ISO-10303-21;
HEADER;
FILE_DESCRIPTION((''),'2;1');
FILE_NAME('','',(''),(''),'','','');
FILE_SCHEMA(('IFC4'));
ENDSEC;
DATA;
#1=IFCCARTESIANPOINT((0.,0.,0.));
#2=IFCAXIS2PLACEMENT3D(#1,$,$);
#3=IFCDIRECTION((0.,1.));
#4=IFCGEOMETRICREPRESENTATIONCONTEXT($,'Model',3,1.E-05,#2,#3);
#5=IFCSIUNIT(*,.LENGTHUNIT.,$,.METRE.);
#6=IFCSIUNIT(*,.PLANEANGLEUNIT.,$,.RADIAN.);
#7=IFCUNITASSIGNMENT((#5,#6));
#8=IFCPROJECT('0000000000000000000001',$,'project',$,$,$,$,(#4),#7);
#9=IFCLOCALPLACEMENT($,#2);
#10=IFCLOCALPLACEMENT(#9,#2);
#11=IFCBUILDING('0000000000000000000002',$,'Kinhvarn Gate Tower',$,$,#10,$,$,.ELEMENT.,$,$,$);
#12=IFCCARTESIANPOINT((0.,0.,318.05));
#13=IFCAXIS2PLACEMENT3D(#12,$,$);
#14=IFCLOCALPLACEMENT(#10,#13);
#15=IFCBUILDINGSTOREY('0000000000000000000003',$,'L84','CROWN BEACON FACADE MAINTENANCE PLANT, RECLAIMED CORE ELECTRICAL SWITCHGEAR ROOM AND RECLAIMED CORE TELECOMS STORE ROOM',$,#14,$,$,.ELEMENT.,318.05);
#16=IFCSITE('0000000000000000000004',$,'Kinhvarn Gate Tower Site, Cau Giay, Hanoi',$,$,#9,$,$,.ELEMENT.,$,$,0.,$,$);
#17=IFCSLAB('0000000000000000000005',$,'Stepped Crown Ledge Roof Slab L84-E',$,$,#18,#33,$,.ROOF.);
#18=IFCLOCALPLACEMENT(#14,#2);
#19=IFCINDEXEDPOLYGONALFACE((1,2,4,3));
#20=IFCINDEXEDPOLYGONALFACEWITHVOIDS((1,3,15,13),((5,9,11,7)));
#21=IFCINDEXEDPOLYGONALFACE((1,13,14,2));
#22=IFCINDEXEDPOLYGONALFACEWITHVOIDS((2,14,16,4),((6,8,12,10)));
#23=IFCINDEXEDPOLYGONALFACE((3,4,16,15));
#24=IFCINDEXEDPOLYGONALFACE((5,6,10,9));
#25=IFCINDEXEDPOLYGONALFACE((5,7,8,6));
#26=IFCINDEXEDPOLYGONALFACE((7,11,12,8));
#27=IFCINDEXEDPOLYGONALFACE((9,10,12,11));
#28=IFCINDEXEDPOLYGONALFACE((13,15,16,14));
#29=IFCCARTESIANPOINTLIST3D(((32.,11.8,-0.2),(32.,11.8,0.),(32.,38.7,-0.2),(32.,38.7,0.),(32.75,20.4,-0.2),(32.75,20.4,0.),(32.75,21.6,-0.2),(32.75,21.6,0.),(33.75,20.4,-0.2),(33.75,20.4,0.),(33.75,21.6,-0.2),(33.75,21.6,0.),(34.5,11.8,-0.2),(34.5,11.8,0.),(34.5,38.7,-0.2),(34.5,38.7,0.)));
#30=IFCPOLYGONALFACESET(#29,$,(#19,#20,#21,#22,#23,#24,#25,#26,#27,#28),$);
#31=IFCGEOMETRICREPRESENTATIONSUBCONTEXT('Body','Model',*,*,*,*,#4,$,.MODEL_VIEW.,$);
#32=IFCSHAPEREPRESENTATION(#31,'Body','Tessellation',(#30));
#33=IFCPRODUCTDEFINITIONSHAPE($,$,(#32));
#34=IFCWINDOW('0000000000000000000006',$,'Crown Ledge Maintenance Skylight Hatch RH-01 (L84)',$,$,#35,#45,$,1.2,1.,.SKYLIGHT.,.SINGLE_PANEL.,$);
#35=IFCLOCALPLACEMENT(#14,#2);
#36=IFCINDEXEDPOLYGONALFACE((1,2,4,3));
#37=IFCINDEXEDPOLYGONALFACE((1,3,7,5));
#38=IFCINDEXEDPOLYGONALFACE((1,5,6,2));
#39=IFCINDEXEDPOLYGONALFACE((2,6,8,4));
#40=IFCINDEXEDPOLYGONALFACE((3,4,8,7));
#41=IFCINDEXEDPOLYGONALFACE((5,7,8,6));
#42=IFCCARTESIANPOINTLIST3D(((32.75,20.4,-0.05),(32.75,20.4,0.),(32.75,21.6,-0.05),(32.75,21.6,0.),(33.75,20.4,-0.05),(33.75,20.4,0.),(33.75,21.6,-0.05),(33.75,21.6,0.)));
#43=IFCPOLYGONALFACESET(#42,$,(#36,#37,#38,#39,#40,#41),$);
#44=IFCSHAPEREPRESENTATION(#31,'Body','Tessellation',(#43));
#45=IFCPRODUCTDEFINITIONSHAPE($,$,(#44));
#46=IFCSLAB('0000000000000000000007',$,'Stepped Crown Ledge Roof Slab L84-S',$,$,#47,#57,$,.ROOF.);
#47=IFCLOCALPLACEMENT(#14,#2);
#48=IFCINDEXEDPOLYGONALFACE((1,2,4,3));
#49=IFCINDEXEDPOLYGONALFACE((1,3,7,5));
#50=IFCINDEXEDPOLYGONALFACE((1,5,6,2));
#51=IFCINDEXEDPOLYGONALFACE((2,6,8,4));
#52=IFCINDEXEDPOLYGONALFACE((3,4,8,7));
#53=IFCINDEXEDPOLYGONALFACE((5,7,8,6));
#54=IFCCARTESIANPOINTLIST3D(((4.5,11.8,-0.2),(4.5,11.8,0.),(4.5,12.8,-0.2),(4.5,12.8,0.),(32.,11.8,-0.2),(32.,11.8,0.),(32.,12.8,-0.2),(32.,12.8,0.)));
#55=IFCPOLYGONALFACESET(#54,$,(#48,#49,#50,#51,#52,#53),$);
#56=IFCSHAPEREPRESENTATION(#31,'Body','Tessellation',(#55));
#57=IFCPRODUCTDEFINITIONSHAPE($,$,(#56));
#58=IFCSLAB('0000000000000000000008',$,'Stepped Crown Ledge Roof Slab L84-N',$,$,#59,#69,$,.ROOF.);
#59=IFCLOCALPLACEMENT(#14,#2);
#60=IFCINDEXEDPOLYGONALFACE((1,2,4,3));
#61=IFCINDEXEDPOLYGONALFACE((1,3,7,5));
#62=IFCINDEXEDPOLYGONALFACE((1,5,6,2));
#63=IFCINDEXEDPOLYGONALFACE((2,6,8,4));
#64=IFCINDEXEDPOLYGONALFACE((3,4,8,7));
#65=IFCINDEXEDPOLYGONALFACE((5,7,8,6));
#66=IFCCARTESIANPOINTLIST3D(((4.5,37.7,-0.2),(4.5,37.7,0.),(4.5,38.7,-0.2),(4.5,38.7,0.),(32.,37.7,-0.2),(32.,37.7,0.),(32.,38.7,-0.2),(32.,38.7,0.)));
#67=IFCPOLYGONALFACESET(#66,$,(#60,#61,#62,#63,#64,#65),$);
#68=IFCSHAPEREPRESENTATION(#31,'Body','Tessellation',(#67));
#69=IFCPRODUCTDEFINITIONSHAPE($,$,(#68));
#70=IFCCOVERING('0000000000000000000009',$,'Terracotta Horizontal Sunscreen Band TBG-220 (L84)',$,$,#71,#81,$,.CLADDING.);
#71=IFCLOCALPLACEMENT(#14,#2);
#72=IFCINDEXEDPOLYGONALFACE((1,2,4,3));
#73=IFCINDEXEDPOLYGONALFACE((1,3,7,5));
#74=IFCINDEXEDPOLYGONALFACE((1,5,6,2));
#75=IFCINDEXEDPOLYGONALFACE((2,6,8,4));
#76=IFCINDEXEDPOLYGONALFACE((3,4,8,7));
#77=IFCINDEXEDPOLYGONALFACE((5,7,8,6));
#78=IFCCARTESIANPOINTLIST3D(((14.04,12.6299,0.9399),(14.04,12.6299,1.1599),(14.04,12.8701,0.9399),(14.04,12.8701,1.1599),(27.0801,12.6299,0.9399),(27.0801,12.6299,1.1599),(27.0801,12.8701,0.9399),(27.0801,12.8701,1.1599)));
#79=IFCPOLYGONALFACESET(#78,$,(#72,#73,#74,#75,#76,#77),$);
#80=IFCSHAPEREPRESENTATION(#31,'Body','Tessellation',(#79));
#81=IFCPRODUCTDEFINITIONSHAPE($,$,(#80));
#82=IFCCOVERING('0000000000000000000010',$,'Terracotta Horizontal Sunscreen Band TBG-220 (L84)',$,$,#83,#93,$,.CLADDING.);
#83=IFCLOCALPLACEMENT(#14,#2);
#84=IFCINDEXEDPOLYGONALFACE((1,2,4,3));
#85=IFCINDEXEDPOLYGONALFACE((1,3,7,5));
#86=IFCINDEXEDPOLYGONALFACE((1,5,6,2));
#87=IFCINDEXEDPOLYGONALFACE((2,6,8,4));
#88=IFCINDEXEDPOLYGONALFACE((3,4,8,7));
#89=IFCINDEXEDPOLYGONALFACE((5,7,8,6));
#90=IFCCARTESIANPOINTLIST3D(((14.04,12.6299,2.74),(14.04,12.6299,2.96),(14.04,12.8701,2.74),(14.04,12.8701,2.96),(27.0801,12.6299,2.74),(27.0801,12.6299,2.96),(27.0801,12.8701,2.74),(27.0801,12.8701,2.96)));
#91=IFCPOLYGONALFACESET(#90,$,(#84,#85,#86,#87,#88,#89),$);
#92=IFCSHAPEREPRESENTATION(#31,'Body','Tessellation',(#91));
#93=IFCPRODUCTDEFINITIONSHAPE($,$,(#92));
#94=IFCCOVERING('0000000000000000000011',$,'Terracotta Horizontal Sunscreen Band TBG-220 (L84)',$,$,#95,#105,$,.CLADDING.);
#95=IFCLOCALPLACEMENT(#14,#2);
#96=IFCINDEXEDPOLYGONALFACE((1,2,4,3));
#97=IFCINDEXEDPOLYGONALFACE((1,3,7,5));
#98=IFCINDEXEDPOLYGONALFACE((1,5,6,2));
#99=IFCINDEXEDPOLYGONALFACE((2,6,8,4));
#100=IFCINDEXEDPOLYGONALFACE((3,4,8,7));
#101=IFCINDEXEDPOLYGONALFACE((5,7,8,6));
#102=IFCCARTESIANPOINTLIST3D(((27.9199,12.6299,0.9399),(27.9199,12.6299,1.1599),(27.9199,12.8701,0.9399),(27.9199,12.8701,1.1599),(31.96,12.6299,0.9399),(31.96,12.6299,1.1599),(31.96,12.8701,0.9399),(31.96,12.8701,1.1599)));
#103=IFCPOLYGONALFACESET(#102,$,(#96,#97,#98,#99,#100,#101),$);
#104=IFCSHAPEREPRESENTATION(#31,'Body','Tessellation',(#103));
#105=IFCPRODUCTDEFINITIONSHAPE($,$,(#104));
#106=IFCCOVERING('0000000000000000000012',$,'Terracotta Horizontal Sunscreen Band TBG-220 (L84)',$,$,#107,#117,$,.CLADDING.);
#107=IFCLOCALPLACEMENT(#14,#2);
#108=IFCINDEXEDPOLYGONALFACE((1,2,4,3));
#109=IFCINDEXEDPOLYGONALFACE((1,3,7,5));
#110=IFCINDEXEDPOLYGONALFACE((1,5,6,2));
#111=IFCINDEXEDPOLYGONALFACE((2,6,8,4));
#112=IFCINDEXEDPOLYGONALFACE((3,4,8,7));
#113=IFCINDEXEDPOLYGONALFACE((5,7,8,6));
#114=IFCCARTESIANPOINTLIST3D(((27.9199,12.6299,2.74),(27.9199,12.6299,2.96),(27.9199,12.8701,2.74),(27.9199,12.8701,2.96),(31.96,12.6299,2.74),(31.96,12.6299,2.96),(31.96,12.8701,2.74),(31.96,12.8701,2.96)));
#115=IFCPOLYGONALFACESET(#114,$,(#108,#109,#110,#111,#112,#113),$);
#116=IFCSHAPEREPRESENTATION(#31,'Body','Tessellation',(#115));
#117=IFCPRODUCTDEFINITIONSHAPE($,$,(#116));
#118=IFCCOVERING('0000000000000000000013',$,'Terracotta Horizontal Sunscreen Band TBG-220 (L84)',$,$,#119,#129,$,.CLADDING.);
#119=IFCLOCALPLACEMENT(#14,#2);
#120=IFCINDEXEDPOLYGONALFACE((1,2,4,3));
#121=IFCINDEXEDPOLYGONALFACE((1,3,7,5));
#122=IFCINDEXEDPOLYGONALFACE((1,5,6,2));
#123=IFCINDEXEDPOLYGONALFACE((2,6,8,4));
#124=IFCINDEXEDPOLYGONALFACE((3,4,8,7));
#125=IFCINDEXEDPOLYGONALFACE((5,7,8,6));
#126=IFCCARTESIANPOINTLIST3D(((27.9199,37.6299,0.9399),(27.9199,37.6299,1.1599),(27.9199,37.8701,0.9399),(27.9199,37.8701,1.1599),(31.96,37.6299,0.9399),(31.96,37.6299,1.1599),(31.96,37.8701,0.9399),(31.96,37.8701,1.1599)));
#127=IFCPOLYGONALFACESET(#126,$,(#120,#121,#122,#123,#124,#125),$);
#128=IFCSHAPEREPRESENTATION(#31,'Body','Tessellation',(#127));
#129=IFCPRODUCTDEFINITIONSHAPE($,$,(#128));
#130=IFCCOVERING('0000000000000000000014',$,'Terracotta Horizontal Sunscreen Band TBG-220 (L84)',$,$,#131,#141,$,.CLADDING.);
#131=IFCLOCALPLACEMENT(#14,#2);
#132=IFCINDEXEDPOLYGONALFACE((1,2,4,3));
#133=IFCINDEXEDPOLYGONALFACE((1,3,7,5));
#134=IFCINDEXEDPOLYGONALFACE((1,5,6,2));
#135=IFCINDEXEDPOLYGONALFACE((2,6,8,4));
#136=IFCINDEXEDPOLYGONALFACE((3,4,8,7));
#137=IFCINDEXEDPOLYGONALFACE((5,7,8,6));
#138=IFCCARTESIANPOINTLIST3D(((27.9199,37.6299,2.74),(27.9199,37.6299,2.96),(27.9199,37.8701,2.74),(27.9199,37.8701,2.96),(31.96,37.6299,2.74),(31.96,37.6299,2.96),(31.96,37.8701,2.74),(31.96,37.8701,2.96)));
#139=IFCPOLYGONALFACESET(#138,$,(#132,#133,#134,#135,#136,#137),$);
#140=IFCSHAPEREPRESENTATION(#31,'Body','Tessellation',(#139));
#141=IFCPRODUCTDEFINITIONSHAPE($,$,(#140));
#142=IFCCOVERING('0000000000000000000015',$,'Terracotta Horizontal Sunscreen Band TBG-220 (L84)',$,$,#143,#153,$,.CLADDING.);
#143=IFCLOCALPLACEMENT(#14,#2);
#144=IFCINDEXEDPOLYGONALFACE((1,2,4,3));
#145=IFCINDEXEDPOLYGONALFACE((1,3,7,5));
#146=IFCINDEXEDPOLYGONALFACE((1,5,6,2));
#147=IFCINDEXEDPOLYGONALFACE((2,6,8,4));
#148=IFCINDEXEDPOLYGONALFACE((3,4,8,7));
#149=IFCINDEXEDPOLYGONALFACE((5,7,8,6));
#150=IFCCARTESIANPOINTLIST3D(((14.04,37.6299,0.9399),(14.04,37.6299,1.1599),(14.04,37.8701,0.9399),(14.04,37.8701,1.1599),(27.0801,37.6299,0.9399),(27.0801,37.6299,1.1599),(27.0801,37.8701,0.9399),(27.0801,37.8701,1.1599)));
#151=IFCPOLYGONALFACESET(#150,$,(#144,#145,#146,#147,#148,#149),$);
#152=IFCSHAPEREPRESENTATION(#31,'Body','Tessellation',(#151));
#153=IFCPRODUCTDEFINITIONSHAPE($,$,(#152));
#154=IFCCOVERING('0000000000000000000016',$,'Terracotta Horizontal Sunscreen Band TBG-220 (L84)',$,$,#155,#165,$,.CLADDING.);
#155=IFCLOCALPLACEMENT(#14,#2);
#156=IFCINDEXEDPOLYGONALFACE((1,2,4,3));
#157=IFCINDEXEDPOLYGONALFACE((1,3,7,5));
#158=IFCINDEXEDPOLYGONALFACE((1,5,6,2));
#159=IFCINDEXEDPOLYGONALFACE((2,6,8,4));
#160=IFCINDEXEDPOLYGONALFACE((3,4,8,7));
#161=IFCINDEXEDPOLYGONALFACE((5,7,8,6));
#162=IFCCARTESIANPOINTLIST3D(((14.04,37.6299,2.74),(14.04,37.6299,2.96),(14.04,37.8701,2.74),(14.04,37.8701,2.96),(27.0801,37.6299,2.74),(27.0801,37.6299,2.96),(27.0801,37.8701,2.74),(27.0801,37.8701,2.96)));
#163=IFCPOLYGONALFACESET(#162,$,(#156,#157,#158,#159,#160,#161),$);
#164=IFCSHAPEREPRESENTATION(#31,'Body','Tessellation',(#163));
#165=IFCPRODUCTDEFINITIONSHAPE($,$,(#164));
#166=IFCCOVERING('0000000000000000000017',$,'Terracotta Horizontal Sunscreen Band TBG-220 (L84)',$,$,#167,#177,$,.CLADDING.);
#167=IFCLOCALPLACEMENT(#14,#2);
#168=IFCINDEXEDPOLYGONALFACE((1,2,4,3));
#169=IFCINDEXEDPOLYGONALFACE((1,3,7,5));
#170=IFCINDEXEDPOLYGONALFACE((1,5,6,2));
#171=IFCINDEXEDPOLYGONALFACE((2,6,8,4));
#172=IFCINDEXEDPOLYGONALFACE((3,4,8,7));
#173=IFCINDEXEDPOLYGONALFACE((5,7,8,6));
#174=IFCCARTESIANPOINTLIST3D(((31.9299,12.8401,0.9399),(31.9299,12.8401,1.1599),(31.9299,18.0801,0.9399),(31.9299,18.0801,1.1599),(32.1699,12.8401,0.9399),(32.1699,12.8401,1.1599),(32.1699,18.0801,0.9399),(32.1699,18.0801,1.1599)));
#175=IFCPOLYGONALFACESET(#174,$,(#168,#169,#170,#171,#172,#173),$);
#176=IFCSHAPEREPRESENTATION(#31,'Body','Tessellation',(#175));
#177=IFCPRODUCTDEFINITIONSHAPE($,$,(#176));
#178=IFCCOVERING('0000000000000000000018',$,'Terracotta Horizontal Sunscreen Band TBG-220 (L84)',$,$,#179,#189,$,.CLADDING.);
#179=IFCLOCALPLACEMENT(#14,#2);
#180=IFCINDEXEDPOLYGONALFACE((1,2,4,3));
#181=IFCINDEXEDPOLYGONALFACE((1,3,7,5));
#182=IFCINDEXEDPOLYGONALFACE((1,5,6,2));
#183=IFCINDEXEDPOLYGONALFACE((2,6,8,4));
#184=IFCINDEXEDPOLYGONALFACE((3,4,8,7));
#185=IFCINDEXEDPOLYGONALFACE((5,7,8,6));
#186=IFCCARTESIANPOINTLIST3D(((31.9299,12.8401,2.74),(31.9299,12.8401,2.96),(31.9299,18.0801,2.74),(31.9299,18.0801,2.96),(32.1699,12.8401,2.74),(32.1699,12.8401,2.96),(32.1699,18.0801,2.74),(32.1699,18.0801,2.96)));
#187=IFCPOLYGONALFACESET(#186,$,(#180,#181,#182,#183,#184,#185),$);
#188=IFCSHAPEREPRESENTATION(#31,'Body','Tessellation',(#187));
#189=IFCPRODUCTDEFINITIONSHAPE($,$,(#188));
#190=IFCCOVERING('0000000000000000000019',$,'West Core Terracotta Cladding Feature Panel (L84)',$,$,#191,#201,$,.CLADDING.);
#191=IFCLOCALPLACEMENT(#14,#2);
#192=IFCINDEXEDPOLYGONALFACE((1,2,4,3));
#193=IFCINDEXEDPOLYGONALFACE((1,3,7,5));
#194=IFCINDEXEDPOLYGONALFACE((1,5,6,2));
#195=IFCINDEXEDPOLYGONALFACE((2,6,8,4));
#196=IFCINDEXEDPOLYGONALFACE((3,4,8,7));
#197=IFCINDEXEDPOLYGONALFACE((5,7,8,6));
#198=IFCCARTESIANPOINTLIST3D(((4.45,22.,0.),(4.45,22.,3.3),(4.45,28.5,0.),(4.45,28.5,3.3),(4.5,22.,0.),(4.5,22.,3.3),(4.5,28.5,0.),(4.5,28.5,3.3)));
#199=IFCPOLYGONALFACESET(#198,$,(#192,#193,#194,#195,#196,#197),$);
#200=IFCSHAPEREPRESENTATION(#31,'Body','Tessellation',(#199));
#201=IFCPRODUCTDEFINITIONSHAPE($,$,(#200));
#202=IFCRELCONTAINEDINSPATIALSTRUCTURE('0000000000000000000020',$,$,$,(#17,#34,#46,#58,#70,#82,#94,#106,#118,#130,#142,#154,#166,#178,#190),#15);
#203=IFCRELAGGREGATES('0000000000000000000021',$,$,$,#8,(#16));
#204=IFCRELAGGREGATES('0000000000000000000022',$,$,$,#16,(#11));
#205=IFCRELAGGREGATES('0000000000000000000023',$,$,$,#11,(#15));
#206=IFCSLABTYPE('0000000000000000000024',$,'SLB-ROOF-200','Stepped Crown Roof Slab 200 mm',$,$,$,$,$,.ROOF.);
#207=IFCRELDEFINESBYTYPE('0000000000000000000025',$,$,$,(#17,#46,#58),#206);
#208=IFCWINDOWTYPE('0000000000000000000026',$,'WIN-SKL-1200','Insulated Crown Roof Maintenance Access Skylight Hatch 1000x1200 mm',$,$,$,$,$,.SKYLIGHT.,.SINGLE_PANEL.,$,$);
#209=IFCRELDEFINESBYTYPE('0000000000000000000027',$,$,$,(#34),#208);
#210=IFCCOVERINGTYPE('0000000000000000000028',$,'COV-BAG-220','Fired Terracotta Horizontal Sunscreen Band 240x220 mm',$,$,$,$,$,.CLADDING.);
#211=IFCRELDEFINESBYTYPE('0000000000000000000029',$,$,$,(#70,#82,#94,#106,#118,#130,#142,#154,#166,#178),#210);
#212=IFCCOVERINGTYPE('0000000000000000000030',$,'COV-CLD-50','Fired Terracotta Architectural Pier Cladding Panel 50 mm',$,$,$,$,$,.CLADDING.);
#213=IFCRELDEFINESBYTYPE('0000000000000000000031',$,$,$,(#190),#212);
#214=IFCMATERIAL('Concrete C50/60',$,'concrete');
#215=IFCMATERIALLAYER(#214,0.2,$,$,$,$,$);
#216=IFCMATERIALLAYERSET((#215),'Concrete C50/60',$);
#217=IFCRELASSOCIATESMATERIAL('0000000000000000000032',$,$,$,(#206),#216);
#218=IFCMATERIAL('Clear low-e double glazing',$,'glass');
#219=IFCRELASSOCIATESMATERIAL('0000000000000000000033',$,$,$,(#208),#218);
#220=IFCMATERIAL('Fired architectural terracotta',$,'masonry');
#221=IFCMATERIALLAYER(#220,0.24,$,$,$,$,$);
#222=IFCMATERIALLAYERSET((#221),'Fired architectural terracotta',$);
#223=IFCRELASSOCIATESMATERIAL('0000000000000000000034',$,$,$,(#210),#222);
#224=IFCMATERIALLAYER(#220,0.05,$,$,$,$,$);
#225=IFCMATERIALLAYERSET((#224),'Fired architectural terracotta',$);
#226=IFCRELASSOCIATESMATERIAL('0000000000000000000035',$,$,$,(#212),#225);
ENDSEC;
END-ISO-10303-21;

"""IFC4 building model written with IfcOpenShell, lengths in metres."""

from ifc_helpers import new_model, si_unit, direction, frame, origin, origin_2d, place, context, subcontext, project, spatial, polyline, rectangle, outline, extrude, material, layer, layer_set, type_object, element, fill, save


model = new_model("IFC4")

# Units and contexts
model_context = context("Model", 3, precision=1e-05, world=origin(), true_north=direction((0.0, 1.0)))
body_context = subcontext(model_context, "Body", "Model", "MODEL_VIEW")
ifc_project = project(units=[si_unit("LENGTHUNIT", "METRE"), si_unit("PLANEANGLEUNIT", "RADIAN")], contexts=[model_context])

# Site, building, storey
site_placement = place(None, origin())
site = spatial("IfcSite", under=ifc_project, at=site_placement, Name="Kinhvarn Gate Tower Site, Cau Giay, Hanoi", CompositionType="ELEMENT", RefElevation=0.0)
building_placement = place(site_placement, origin())
building = spatial("IfcBuilding", under=site, at=building_placement, Name="Kinhvarn Gate Tower", CompositionType="ELEMENT")
storey_placement = place(building_placement, frame((0.0, 0.0, 318.05)))
storey = spatial("IfcBuildingStorey", under=building, at=storey_placement, Name="L84", Description="CROWN BEACON FACADE MAINTENANCE PLANT, RECLAIMED CORE ELECTRICAL SWITCHGEAR ROOM AND RECLAIMED CORE TELECOMS STORE ROOM", CompositionType="ELEMENT", Elevation=318.05)

# Slab, opening, window
ifc_material_1 = material(Name="Concrete C50/60", Category="concrete")
ifc_layer_1 = layer(ifc_material_1, 0.2)
ifc_layer_set_1 = layer_set([ifc_layer_1], Name="Concrete C50/60")
slab_type_1 = type_object("IfcSlabType", Name="SLB-ROOF-200", Description="Stepped Crown Roof Slab 200 mm", PredefinedType="ROOF", material=ifc_layer_set_1)
slab_1_placement = place(storey_placement, frame((0.0, 0.0, -0.2)))
slab_1 = element("IfcSlab", 1, at=slab_1_placement, inside=storey, type_object=slab_type_1, Name="Stepped Crown Ledge Roof Slab L84-E", PredefinedType="ROOF", context=body_context, shape_type="SweptSolid", body=[
    extrude(outline(polyline([(32.0, 11.8), (32.0, 38.7), (34.5, 38.7), (34.5, 11.8), (32.0, 11.8)])), origin(), (0.0, 0.0, 1.0), 0.2),
])
opening_placement = place(slab_1_placement, frame((33.25, 21.0, -0.01)))
opening = element("IfcOpeningElement", 2, at=opening_placement, cuts=slab_1, PredefinedType="OPENING", context=body_context, shape_type="SweptSolid", body=[
    extrude(rectangle(XDim=1.0, YDim=1.2, at=origin_2d()), origin(), (0.0, 0.0, 1.0), 0.22),
])
ifc_material_2 = material(Name="Clear low-e double glazing", Category="glass")
window_type = type_object("IfcWindowType", Name="WIN-SKL-1200", Description="Insulated Crown Roof Maintenance Access Skylight Hatch 1000x1200 mm", PartitioningType="SINGLE_PANEL", PredefinedType="SKYLIGHT", material=ifc_material_2)
window_placement = place(slab_1_placement, frame((33.25, 21.0, 0.1499)))
window = element("IfcWindow", 3, at=window_placement, inside=storey, type_object=window_type, Name="Crown Ledge Maintenance Skylight Hatch RH-01 (L84)", OverallHeight=1.2, OverallWidth=1.0, PartitioningType="SINGLE_PANEL", PredefinedType="SKYLIGHT", context=body_context, shape_type="SweptSolid", body=[
    extrude(rectangle(XDim=1.0, YDim=1.2, at=origin_2d()), origin(), (0.0, 0.0, 1.0), 0.05),
])
fill(opening, window)

# Slabs
slab_2_placement = place(storey_placement, frame((0.0, 0.0, -0.2)))
element("IfcSlab", 4, at=slab_2_placement, inside=storey, type_object=slab_type_1, Name="Stepped Crown Ledge Roof Slab L84-S", PredefinedType="ROOF", context=body_context, shape_type="SweptSolid", body=[
    extrude(outline(polyline([(4.5, 11.8), (4.5, 12.8), (32.0, 12.8), (32.0, 11.8), (4.5, 11.8)])), origin(), (0.0, 0.0, 1.0), 0.2),
])
slab_3_placement = place(storey_placement, frame((0.0, 0.0, -0.2)))
element("IfcSlab", 5, at=slab_3_placement, inside=storey, type_object=slab_type_1, Name="Stepped Crown Ledge Roof Slab L84-N", PredefinedType="ROOF", context=body_context, shape_type="SweptSolid", body=[
    extrude(outline(polyline([(32.0, 38.7), (32.0, 37.7), (4.5, 37.7), (4.5, 38.7), (32.0, 38.7)])), origin(), (0.0, 0.0, 1.0), 0.2),
])

# Coverings
ifc_material_3 = material(Name="Fired architectural terracotta", Category="masonry")
ifc_layer_2 = layer(ifc_material_3, 0.24)
ifc_layer_set_2 = layer_set([ifc_layer_2], Name="Fired architectural terracotta")
covering_type_1 = type_object("IfcCoveringType", Name="COV-BAG-220", Description="Fired Terracotta Horizontal Sunscreen Band 240x220 mm", PredefinedType="CLADDING", material=ifc_layer_set_2)
for number, where, name in (
    (6, (0.0, 0.0, 0.9399), "Terracotta Horizontal Sunscreen Band TBG-220 (L84)"),
    (7, (0.0, 0.0, 2.74), "Terracotta Horizontal Sunscreen Band TBG-220 (L84)"),
):
    element("IfcCovering", number, at=place(storey_placement, frame(where)), inside=storey, type_object=covering_type_1, Name=name, PredefinedType="CLADDING", context=body_context, shape_type="SweptSolid", body=[
        extrude(outline(polyline([(14.04, 12.8701), (27.0801, 12.8701), (27.0801, 12.6299), (14.04, 12.6299), (14.04, 12.8701)])), origin(), (0.0, 0.0, 1.0), 0.22),
    ])
for number, where, name in (
    (8, (0.0, 0.0, 0.9399), "Terracotta Horizontal Sunscreen Band TBG-220 (L84)"),
    (9, (0.0, 0.0, 2.74), "Terracotta Horizontal Sunscreen Band TBG-220 (L84)"),
):
    element("IfcCovering", number, at=place(storey_placement, frame(where)), inside=storey, type_object=covering_type_1, Name=name, PredefinedType="CLADDING", context=body_context, shape_type="SweptSolid", body=[
        extrude(outline(polyline([(27.9199, 12.8701), (31.96, 12.8701), (31.96, 12.6299), (27.9199, 12.6299), (27.9199, 12.8701)])), origin(), (0.0, 0.0, 1.0), 0.22),
    ])
for number, where, name in (
    (10, (0.0, 0.0, 0.9399), "Terracotta Horizontal Sunscreen Band TBG-220 (L84)"),
    (11, (0.0, 0.0, 2.74), "Terracotta Horizontal Sunscreen Band TBG-220 (L84)"),
):
    element("IfcCovering", number, at=place(storey_placement, frame(where)), inside=storey, type_object=covering_type_1, Name=name, PredefinedType="CLADDING", context=body_context, shape_type="SweptSolid", body=[
        extrude(outline(polyline([(31.96, 37.6299), (27.9199, 37.6299), (27.9199, 37.8701), (31.96, 37.8701), (31.96, 37.6299)])), origin(), (0.0, 0.0, 1.0), 0.22),
    ])
for number, where, name in (
    (12, (0.0, 0.0, 0.9399), "Terracotta Horizontal Sunscreen Band TBG-220 (L84)"),
    (13, (0.0, 0.0, 2.74), "Terracotta Horizontal Sunscreen Band TBG-220 (L84)"),
):
    element("IfcCovering", number, at=place(storey_placement, frame(where)), inside=storey, type_object=covering_type_1, Name=name, PredefinedType="CLADDING", context=body_context, shape_type="SweptSolid", body=[
        extrude(outline(polyline([(27.0801, 37.6299), (14.04, 37.6299), (14.04, 37.8701), (27.0801, 37.8701), (27.0801, 37.6299)])), origin(), (0.0, 0.0, 1.0), 0.22),
    ])
for number, where, name in (
    (14, (0.0, 0.0, 0.9399), "Terracotta Horizontal Sunscreen Band TBG-220 (L84)"),
    (15, (0.0, 0.0, 2.74), "Terracotta Horizontal Sunscreen Band TBG-220 (L84)"),
):
    element("IfcCovering", number, at=place(storey_placement, frame(where)), inside=storey, type_object=covering_type_1, Name=name, PredefinedType="CLADDING", context=body_context, shape_type="SweptSolid", body=[
        extrude(outline(polyline([(31.9299, 12.8401), (31.9299, 18.0801), (32.1699, 18.0801), (32.1699, 12.8401), (31.9299, 12.8401)])), origin(), (0.0, 0.0, 1.0), 0.22),
    ])
ifc_layer_3 = layer(ifc_material_3, 0.05)
ifc_layer_set_3 = layer_set([ifc_layer_3], Name="Fired architectural terracotta")
covering_type_2 = type_object("IfcCoveringType", Name="COV-CLD-50", Description="Fired Terracotta Architectural Pier Cladding Panel 50 mm", PredefinedType="CLADDING", material=ifc_layer_set_3)
covering_1_placement = place(storey_placement, origin())
element("IfcCovering", 16, at=covering_1_placement, inside=storey, type_object=covering_type_2, Name="West Core Terracotta Cladding Feature Panel (L84)", PredefinedType="CLADDING", context=body_context, shape_type="SweptSolid", body=[
    extrude(outline(polyline([(4.45, 22.0), (4.5, 22.0), (4.5, 28.5), (4.45, 28.5), (4.45, 22.0)])), origin(), (0.0, 0.0, 1.0), 3.3),
])

save(model, "model.ifc")
